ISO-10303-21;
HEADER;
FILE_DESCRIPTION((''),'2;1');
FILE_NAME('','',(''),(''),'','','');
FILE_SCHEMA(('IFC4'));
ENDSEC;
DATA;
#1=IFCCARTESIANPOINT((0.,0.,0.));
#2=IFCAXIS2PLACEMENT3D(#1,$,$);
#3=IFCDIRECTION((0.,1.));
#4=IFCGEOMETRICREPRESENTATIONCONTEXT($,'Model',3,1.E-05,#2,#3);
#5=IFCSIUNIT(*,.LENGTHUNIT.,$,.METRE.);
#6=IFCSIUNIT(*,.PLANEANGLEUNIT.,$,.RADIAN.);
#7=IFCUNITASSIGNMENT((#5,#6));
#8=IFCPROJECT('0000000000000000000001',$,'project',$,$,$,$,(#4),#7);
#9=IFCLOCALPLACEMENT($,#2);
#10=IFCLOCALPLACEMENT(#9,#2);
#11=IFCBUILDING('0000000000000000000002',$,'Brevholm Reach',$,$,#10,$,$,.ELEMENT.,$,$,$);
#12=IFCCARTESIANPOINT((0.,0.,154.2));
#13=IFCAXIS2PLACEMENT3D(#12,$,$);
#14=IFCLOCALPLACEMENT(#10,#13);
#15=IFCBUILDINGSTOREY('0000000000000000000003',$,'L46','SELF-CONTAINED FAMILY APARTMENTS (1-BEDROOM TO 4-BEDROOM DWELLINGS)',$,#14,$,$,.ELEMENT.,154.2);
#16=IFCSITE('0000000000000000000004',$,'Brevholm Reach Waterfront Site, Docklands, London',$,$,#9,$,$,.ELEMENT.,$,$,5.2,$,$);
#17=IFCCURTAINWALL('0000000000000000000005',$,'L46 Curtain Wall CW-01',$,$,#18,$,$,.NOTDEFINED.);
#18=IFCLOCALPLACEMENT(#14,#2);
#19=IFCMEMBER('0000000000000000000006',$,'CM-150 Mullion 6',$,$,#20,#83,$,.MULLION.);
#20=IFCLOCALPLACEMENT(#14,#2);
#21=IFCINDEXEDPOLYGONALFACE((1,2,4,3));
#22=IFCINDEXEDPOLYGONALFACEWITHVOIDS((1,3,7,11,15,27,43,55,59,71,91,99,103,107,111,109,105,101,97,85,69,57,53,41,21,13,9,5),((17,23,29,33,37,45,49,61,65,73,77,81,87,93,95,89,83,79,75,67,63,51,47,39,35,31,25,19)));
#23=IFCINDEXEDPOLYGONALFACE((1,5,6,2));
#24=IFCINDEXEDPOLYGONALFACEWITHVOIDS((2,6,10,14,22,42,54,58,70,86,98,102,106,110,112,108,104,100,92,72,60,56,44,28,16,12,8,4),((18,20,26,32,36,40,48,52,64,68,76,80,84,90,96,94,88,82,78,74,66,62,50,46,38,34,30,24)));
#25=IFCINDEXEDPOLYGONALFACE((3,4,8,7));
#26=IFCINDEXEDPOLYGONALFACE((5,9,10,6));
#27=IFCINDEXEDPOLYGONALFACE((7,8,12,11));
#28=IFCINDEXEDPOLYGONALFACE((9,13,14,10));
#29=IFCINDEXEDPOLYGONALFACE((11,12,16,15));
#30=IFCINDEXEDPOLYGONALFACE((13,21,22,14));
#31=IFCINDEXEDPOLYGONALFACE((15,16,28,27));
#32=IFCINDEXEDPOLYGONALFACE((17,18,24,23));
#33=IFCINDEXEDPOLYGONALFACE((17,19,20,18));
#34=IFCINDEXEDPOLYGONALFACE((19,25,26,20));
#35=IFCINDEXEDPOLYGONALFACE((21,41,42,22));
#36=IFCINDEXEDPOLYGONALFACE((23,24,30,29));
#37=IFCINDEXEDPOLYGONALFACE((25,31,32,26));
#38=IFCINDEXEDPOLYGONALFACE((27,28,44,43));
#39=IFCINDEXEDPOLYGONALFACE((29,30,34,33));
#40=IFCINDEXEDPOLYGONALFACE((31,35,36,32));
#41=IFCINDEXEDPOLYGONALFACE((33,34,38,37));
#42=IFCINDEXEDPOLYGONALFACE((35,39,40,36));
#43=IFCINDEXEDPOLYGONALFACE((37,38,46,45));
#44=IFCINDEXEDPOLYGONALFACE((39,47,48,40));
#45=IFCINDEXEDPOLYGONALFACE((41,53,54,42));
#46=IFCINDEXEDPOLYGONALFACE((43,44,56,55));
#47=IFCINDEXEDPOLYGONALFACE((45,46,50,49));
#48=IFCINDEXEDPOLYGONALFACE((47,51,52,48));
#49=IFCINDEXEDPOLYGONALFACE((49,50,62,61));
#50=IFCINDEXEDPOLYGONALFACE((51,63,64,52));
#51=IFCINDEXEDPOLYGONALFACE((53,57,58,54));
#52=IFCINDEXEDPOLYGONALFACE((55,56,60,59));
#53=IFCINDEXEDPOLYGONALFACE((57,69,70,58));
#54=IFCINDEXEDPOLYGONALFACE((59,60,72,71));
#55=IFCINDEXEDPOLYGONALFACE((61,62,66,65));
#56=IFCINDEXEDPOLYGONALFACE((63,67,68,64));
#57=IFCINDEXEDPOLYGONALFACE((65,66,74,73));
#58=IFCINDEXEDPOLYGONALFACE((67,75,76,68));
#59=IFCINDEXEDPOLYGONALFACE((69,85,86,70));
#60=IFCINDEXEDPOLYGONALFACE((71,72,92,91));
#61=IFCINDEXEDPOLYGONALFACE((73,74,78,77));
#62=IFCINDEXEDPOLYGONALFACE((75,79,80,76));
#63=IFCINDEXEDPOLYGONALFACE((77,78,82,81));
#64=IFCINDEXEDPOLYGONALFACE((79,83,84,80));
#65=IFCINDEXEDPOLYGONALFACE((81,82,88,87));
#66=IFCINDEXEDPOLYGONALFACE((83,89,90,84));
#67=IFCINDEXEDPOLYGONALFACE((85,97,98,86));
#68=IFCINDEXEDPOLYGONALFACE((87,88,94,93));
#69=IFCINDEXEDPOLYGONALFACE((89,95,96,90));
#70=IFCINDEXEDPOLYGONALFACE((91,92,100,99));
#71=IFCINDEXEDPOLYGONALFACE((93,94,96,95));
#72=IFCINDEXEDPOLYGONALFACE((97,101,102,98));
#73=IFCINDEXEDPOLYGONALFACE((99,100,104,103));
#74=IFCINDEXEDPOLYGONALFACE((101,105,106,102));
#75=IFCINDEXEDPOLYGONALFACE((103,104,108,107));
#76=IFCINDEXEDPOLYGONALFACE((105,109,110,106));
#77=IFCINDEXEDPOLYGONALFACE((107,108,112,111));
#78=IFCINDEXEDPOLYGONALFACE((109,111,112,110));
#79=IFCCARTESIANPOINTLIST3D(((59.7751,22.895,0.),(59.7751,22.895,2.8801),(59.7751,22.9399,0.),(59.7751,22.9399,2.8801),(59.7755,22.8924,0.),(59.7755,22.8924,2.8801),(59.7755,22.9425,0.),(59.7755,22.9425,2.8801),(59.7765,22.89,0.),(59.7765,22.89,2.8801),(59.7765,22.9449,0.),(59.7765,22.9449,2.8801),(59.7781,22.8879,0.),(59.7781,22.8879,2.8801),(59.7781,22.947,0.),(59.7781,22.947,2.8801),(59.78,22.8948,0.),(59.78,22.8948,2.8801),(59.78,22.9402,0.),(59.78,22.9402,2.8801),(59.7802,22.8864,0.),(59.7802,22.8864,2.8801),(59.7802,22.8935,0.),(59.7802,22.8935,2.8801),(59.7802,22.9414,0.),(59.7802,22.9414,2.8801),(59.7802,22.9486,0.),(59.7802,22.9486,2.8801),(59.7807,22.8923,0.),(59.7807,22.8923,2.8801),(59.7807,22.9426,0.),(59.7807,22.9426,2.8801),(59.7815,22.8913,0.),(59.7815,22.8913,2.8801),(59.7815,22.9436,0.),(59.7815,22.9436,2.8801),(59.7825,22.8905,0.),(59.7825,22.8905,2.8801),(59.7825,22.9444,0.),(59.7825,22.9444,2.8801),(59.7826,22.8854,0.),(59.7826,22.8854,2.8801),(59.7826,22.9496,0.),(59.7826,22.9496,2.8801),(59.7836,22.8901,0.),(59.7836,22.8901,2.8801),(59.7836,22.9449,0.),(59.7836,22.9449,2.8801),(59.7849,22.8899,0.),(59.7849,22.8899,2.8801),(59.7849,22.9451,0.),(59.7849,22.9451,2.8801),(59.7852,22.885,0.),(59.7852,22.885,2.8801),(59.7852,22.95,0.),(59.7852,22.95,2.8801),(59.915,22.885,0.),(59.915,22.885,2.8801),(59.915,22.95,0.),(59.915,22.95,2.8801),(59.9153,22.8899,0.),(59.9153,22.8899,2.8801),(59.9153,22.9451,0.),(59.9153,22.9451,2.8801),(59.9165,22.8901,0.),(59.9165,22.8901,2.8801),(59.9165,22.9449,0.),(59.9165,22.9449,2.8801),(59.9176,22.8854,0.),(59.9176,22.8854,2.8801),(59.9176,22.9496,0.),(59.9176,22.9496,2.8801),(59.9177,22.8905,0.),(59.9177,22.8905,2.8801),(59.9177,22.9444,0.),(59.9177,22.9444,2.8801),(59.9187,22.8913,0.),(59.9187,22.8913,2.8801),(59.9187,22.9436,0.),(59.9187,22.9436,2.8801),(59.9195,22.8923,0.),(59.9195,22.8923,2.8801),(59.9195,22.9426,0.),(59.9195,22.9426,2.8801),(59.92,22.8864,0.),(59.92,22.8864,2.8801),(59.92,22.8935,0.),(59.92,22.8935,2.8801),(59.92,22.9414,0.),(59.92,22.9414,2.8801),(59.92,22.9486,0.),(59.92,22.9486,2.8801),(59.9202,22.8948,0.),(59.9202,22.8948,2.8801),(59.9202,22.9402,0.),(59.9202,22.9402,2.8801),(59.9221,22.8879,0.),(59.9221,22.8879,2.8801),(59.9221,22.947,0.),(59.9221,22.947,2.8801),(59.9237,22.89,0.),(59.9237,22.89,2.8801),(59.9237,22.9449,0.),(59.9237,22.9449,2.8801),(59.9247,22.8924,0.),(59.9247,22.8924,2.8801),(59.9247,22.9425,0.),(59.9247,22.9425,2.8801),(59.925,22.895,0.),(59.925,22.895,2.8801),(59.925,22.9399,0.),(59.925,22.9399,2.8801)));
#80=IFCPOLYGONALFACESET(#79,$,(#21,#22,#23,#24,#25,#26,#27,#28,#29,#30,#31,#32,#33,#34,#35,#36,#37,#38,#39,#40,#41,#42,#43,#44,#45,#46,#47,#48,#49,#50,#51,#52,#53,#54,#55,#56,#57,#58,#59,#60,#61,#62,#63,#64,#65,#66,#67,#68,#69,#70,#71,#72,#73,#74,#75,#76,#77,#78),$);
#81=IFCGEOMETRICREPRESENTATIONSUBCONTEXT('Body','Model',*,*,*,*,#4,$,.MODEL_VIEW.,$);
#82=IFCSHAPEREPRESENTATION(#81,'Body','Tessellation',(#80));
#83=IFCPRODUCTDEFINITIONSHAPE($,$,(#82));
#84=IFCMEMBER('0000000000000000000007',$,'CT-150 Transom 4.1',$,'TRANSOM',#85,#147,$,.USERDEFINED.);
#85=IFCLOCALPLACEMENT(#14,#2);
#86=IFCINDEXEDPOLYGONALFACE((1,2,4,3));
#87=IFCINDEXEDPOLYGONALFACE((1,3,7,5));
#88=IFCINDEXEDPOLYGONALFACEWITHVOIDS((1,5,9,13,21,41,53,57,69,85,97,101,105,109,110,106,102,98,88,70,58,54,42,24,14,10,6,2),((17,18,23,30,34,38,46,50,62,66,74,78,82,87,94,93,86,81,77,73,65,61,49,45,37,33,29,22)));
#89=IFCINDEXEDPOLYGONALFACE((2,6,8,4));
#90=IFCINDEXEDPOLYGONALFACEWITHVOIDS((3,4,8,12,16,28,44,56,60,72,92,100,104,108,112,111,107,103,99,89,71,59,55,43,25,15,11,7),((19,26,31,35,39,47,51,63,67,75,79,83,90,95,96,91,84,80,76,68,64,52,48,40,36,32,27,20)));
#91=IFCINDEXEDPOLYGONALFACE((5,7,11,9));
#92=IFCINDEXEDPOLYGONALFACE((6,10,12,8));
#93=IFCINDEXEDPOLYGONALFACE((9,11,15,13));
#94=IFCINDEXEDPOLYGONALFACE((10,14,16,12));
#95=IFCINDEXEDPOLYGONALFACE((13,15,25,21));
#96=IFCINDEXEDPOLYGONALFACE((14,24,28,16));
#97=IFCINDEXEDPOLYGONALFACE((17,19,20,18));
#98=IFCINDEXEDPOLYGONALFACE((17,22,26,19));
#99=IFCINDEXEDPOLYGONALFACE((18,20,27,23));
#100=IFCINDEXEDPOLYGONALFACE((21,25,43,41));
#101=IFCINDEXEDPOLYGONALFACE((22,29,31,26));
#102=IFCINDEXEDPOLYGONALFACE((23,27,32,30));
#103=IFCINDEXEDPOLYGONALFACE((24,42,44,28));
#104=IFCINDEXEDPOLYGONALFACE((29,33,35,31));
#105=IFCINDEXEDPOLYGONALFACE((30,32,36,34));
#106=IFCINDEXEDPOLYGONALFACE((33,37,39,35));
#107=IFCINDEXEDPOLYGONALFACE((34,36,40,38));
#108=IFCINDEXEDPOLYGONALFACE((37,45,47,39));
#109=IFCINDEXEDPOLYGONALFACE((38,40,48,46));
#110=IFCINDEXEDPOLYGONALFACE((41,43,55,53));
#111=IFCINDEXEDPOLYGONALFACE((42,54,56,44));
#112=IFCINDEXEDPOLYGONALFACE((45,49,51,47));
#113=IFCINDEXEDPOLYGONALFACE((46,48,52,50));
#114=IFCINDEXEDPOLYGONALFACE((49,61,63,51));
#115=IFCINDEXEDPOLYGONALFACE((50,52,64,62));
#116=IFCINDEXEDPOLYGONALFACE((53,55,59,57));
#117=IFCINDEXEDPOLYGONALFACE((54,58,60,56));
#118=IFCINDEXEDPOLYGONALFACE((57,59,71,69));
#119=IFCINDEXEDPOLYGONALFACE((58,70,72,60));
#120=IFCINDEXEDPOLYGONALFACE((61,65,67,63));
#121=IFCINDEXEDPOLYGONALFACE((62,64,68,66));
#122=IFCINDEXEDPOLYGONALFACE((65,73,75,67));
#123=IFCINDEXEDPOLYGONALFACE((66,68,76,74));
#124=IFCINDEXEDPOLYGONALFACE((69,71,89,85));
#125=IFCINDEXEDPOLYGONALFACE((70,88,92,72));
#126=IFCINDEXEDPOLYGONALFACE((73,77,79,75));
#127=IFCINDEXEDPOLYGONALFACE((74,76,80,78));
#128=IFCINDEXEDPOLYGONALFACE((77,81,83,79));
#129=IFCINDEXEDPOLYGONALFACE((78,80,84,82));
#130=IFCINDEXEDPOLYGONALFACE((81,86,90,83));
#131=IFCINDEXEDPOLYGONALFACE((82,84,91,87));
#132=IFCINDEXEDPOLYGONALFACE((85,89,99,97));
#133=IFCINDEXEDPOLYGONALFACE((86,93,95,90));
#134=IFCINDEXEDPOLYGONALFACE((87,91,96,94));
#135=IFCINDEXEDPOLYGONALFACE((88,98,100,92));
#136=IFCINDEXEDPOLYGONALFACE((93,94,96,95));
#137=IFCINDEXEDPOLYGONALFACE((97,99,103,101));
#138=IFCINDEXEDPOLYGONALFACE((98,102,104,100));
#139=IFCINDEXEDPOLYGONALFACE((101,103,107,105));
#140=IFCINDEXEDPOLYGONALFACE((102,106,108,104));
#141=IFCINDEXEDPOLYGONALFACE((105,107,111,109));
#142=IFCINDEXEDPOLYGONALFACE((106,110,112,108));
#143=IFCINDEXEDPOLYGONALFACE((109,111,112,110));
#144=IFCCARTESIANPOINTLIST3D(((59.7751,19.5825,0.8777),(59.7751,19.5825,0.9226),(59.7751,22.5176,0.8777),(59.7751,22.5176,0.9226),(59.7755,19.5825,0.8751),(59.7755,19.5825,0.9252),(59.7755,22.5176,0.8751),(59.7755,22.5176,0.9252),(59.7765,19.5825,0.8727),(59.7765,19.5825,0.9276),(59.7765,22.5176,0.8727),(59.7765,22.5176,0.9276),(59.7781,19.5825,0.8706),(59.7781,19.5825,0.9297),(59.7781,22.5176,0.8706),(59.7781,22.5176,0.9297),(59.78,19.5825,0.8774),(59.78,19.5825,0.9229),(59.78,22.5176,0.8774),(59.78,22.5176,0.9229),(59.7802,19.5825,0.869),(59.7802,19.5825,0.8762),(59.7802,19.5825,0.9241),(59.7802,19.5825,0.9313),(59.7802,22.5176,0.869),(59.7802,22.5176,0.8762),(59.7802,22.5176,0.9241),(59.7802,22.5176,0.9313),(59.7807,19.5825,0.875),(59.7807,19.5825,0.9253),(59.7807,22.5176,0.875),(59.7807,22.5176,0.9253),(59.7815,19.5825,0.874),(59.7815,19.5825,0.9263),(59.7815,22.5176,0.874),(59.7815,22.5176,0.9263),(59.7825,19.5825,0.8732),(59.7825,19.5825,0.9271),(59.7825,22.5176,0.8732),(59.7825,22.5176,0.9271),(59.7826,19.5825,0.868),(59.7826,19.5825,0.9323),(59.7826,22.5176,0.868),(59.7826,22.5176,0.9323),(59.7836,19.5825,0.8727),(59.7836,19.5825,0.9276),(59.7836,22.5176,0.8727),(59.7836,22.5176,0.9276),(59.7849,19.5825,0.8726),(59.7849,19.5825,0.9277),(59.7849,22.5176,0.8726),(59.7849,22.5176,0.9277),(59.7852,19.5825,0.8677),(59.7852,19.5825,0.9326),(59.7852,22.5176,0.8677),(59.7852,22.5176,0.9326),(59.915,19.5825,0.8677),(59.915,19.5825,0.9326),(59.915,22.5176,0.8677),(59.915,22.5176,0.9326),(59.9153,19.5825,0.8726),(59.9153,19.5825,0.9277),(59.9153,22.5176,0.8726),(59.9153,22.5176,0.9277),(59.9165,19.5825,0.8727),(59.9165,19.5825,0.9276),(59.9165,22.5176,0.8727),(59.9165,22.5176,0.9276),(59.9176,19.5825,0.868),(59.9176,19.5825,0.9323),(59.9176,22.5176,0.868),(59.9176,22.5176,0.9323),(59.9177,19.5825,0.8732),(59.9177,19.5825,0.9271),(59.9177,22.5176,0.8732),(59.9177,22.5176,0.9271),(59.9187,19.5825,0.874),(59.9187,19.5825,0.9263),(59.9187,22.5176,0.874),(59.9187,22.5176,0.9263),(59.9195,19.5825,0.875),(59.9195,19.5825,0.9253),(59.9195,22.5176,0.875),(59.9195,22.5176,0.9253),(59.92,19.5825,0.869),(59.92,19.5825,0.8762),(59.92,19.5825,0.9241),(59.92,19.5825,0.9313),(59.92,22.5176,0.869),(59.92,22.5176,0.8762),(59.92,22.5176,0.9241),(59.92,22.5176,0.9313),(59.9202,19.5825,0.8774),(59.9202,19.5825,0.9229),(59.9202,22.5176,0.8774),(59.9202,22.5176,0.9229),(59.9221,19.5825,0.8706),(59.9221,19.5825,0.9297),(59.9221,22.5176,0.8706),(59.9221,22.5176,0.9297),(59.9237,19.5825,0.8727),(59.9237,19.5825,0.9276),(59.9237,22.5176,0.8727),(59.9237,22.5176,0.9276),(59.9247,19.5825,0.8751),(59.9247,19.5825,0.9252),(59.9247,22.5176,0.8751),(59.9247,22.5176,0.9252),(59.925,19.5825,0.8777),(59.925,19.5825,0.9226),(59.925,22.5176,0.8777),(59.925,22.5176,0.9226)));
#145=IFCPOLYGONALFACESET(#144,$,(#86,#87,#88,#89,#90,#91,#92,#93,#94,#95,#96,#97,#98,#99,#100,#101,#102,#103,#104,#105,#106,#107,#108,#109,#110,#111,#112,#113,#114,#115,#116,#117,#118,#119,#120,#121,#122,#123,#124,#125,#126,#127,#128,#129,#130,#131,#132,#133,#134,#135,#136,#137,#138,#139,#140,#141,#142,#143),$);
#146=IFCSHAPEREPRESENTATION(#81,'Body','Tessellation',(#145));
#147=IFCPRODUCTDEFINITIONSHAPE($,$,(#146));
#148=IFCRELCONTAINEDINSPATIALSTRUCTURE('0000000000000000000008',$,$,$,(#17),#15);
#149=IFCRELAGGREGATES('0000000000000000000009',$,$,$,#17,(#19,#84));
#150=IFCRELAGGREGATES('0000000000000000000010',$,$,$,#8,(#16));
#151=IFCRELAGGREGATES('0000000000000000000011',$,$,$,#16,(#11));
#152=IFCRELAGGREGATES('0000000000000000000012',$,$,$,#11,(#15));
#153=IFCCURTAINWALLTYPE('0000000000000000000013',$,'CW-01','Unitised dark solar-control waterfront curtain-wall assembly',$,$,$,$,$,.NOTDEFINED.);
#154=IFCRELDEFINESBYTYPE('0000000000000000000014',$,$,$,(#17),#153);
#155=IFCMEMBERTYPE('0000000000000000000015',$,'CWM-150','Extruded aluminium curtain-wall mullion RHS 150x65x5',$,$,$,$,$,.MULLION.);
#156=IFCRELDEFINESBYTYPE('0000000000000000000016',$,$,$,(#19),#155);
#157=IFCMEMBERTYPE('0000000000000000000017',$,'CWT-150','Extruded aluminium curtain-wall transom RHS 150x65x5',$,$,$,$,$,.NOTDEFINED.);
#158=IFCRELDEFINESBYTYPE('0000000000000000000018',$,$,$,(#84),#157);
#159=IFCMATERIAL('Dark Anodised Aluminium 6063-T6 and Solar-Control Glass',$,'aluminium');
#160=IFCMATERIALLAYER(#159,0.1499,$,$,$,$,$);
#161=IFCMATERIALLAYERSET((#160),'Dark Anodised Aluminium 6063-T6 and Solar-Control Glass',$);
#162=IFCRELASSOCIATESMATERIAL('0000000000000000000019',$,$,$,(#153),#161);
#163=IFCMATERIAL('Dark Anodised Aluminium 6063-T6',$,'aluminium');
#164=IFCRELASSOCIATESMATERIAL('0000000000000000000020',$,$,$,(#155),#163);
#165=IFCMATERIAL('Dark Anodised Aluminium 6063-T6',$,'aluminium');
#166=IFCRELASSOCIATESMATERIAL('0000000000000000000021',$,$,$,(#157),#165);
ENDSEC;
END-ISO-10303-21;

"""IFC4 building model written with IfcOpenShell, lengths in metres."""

from ifc_helpers import new_model, si_unit, direction, frame, origin, origin_2d, place, context, subcontext, project, spatial, hollow_rectangle, extrude, material, layer, layer_set, material_profile, profile_set, type_object, element, aggregate, save


model = new_model("IFC4")

# Units and contexts
model_context = context("Model", 3, precision=1e-05, world=origin(), true_north=direction((0.0, 1.0)))
body_context = subcontext(model_context, "Body", "Model", "MODEL_VIEW")
ifc_project = project(units=[si_unit("LENGTHUNIT", "METRE"), si_unit("PLANEANGLEUNIT", "RADIAN")], contexts=[model_context])

# Site, building, storey
site_placement = place(None, origin())
site = spatial("IfcSite", under=ifc_project, at=site_placement, Name="Brevholm Reach Waterfront Site, Docklands, London", CompositionType="ELEMENT", RefElevation=5.2)
building_placement = place(site_placement, origin())
building = spatial("IfcBuilding", under=site, at=building_placement, Name="Brevholm Reach", CompositionType="ELEMENT")
storey_placement = place(building_placement, frame((0.0, 0.0, 154.2)))
storey = spatial("IfcBuildingStorey", under=building, at=storey_placement, Name="L46", Description="SELF-CONTAINED FAMILY APARTMENTS (1-BEDROOM TO 4-BEDROOM DWELLINGS)", CompositionType="ELEMENT", Elevation=154.2)

# Curtain wall, members
ifc_material_1 = material(Name="Dark Anodised Aluminium 6063-T6 and Solar-Control Glass", Category="aluminium")
ifc_layer_1 = layer(ifc_material_1, 0.1499)
ifc_layer_set_1 = layer_set([ifc_layer_1], Name="Dark Anodised Aluminium 6063-T6 and Solar-Control Glass")
curtain_wall_type = type_object("IfcCurtainWallType", Name="CW-01", Description="Unitised dark solar-control waterfront curtain-wall assembly", PredefinedType="NOTDEFINED", material=ifc_layer_set_1)
curtain_wall_placement = place(storey_placement, origin())
curtain_wall = element("IfcCurtainWall", 1, at=curtain_wall_placement, inside=storey, type_object=curtain_wall_type, Name="L46 Curtain Wall CW-01", PredefinedType="NOTDEFINED")
ifc_material_2 = material(Name="Dark Anodised Aluminium 6063-T6", Category="aluminium")
ifc_material_profile_1 = material_profile(ifc_material_2, hollow_rectangle(XDim=0.0649, YDim=0.1499, WallThickness=0.0049, InnerFilletRadius=0.0049, OuterFilletRadius=0.01, at=origin_2d()), Name="RHS 150x65x5")
ifc_profile_set_1 = profile_set([ifc_material_profile_1], Name="Dark Anodised Aluminium 6063-T6")
member_type_1 = type_object("IfcMemberType", Name="CWM-150", Description="Extruded aluminium curtain-wall mullion RHS 150x65x5", PredefinedType="MULLION", material=ifc_profile_set_1)
member_1_placement = place(storey_placement, frame((59.8501, 22.9175, 0.0), z_axis=(0.0, 0.0, 1.0), x_axis=(0.0, 1.0, 0.0)))
member_1 = element("IfcMember", 2, at=member_1_placement, type_object=member_type_1, Name="CM-150 Mullion 6", PredefinedType="MULLION", context=body_context, shape_type="SweptSolid", body=[
    extrude(hollow_rectangle(XDim=0.0649, YDim=0.1499, WallThickness=0.0049, InnerFilletRadius=0.0049, OuterFilletRadius=0.01, at=origin_2d()), origin(), (0.0, 0.0, 1.0), 2.8801),
])
ifc_material_3 = material(Name="Dark Anodised Aluminium 6063-T6", Category="aluminium")
ifc_material_profile_2 = material_profile(ifc_material_3, hollow_rectangle(XDim=0.0649, YDim=0.1499, WallThickness=0.0049, InnerFilletRadius=0.0049, OuterFilletRadius=0.01, at=origin_2d()), Name="RHS 150x65x5")
ifc_profile_set_2 = profile_set([ifc_material_profile_2], Name="Dark Anodised Aluminium 6063-T6")
member_type_2 = type_object("IfcMemberType", Name="CWT-150", Description="Extruded aluminium curtain-wall transom RHS 150x65x5", PredefinedType="NOTDEFINED", material=ifc_profile_set_2)
member_2_placement = place(storey_placement, frame((59.8501, 19.5825, 0.9001), z_axis=(0.0, 1.0, 0.0), x_axis=(0.0, 0.0, 1.0)))
member_2 = element("IfcMember", 3, at=member_2_placement, type_object=member_type_2, Name="CT-150 Transom 4.1", ObjectType="TRANSOM", PredefinedType="USERDEFINED", context=body_context, shape_type="SweptSolid", body=[
    extrude(hollow_rectangle(XDim=0.0649, YDim=0.1499, WallThickness=0.0049, InnerFilletRadius=0.0049, OuterFilletRadius=0.01, at=origin_2d()), origin(), (0.0, 0.0, 1.0), 2.9351),
])
aggregate(curtain_wall, [member_1, member_2])

save(model, "model.ifc")
